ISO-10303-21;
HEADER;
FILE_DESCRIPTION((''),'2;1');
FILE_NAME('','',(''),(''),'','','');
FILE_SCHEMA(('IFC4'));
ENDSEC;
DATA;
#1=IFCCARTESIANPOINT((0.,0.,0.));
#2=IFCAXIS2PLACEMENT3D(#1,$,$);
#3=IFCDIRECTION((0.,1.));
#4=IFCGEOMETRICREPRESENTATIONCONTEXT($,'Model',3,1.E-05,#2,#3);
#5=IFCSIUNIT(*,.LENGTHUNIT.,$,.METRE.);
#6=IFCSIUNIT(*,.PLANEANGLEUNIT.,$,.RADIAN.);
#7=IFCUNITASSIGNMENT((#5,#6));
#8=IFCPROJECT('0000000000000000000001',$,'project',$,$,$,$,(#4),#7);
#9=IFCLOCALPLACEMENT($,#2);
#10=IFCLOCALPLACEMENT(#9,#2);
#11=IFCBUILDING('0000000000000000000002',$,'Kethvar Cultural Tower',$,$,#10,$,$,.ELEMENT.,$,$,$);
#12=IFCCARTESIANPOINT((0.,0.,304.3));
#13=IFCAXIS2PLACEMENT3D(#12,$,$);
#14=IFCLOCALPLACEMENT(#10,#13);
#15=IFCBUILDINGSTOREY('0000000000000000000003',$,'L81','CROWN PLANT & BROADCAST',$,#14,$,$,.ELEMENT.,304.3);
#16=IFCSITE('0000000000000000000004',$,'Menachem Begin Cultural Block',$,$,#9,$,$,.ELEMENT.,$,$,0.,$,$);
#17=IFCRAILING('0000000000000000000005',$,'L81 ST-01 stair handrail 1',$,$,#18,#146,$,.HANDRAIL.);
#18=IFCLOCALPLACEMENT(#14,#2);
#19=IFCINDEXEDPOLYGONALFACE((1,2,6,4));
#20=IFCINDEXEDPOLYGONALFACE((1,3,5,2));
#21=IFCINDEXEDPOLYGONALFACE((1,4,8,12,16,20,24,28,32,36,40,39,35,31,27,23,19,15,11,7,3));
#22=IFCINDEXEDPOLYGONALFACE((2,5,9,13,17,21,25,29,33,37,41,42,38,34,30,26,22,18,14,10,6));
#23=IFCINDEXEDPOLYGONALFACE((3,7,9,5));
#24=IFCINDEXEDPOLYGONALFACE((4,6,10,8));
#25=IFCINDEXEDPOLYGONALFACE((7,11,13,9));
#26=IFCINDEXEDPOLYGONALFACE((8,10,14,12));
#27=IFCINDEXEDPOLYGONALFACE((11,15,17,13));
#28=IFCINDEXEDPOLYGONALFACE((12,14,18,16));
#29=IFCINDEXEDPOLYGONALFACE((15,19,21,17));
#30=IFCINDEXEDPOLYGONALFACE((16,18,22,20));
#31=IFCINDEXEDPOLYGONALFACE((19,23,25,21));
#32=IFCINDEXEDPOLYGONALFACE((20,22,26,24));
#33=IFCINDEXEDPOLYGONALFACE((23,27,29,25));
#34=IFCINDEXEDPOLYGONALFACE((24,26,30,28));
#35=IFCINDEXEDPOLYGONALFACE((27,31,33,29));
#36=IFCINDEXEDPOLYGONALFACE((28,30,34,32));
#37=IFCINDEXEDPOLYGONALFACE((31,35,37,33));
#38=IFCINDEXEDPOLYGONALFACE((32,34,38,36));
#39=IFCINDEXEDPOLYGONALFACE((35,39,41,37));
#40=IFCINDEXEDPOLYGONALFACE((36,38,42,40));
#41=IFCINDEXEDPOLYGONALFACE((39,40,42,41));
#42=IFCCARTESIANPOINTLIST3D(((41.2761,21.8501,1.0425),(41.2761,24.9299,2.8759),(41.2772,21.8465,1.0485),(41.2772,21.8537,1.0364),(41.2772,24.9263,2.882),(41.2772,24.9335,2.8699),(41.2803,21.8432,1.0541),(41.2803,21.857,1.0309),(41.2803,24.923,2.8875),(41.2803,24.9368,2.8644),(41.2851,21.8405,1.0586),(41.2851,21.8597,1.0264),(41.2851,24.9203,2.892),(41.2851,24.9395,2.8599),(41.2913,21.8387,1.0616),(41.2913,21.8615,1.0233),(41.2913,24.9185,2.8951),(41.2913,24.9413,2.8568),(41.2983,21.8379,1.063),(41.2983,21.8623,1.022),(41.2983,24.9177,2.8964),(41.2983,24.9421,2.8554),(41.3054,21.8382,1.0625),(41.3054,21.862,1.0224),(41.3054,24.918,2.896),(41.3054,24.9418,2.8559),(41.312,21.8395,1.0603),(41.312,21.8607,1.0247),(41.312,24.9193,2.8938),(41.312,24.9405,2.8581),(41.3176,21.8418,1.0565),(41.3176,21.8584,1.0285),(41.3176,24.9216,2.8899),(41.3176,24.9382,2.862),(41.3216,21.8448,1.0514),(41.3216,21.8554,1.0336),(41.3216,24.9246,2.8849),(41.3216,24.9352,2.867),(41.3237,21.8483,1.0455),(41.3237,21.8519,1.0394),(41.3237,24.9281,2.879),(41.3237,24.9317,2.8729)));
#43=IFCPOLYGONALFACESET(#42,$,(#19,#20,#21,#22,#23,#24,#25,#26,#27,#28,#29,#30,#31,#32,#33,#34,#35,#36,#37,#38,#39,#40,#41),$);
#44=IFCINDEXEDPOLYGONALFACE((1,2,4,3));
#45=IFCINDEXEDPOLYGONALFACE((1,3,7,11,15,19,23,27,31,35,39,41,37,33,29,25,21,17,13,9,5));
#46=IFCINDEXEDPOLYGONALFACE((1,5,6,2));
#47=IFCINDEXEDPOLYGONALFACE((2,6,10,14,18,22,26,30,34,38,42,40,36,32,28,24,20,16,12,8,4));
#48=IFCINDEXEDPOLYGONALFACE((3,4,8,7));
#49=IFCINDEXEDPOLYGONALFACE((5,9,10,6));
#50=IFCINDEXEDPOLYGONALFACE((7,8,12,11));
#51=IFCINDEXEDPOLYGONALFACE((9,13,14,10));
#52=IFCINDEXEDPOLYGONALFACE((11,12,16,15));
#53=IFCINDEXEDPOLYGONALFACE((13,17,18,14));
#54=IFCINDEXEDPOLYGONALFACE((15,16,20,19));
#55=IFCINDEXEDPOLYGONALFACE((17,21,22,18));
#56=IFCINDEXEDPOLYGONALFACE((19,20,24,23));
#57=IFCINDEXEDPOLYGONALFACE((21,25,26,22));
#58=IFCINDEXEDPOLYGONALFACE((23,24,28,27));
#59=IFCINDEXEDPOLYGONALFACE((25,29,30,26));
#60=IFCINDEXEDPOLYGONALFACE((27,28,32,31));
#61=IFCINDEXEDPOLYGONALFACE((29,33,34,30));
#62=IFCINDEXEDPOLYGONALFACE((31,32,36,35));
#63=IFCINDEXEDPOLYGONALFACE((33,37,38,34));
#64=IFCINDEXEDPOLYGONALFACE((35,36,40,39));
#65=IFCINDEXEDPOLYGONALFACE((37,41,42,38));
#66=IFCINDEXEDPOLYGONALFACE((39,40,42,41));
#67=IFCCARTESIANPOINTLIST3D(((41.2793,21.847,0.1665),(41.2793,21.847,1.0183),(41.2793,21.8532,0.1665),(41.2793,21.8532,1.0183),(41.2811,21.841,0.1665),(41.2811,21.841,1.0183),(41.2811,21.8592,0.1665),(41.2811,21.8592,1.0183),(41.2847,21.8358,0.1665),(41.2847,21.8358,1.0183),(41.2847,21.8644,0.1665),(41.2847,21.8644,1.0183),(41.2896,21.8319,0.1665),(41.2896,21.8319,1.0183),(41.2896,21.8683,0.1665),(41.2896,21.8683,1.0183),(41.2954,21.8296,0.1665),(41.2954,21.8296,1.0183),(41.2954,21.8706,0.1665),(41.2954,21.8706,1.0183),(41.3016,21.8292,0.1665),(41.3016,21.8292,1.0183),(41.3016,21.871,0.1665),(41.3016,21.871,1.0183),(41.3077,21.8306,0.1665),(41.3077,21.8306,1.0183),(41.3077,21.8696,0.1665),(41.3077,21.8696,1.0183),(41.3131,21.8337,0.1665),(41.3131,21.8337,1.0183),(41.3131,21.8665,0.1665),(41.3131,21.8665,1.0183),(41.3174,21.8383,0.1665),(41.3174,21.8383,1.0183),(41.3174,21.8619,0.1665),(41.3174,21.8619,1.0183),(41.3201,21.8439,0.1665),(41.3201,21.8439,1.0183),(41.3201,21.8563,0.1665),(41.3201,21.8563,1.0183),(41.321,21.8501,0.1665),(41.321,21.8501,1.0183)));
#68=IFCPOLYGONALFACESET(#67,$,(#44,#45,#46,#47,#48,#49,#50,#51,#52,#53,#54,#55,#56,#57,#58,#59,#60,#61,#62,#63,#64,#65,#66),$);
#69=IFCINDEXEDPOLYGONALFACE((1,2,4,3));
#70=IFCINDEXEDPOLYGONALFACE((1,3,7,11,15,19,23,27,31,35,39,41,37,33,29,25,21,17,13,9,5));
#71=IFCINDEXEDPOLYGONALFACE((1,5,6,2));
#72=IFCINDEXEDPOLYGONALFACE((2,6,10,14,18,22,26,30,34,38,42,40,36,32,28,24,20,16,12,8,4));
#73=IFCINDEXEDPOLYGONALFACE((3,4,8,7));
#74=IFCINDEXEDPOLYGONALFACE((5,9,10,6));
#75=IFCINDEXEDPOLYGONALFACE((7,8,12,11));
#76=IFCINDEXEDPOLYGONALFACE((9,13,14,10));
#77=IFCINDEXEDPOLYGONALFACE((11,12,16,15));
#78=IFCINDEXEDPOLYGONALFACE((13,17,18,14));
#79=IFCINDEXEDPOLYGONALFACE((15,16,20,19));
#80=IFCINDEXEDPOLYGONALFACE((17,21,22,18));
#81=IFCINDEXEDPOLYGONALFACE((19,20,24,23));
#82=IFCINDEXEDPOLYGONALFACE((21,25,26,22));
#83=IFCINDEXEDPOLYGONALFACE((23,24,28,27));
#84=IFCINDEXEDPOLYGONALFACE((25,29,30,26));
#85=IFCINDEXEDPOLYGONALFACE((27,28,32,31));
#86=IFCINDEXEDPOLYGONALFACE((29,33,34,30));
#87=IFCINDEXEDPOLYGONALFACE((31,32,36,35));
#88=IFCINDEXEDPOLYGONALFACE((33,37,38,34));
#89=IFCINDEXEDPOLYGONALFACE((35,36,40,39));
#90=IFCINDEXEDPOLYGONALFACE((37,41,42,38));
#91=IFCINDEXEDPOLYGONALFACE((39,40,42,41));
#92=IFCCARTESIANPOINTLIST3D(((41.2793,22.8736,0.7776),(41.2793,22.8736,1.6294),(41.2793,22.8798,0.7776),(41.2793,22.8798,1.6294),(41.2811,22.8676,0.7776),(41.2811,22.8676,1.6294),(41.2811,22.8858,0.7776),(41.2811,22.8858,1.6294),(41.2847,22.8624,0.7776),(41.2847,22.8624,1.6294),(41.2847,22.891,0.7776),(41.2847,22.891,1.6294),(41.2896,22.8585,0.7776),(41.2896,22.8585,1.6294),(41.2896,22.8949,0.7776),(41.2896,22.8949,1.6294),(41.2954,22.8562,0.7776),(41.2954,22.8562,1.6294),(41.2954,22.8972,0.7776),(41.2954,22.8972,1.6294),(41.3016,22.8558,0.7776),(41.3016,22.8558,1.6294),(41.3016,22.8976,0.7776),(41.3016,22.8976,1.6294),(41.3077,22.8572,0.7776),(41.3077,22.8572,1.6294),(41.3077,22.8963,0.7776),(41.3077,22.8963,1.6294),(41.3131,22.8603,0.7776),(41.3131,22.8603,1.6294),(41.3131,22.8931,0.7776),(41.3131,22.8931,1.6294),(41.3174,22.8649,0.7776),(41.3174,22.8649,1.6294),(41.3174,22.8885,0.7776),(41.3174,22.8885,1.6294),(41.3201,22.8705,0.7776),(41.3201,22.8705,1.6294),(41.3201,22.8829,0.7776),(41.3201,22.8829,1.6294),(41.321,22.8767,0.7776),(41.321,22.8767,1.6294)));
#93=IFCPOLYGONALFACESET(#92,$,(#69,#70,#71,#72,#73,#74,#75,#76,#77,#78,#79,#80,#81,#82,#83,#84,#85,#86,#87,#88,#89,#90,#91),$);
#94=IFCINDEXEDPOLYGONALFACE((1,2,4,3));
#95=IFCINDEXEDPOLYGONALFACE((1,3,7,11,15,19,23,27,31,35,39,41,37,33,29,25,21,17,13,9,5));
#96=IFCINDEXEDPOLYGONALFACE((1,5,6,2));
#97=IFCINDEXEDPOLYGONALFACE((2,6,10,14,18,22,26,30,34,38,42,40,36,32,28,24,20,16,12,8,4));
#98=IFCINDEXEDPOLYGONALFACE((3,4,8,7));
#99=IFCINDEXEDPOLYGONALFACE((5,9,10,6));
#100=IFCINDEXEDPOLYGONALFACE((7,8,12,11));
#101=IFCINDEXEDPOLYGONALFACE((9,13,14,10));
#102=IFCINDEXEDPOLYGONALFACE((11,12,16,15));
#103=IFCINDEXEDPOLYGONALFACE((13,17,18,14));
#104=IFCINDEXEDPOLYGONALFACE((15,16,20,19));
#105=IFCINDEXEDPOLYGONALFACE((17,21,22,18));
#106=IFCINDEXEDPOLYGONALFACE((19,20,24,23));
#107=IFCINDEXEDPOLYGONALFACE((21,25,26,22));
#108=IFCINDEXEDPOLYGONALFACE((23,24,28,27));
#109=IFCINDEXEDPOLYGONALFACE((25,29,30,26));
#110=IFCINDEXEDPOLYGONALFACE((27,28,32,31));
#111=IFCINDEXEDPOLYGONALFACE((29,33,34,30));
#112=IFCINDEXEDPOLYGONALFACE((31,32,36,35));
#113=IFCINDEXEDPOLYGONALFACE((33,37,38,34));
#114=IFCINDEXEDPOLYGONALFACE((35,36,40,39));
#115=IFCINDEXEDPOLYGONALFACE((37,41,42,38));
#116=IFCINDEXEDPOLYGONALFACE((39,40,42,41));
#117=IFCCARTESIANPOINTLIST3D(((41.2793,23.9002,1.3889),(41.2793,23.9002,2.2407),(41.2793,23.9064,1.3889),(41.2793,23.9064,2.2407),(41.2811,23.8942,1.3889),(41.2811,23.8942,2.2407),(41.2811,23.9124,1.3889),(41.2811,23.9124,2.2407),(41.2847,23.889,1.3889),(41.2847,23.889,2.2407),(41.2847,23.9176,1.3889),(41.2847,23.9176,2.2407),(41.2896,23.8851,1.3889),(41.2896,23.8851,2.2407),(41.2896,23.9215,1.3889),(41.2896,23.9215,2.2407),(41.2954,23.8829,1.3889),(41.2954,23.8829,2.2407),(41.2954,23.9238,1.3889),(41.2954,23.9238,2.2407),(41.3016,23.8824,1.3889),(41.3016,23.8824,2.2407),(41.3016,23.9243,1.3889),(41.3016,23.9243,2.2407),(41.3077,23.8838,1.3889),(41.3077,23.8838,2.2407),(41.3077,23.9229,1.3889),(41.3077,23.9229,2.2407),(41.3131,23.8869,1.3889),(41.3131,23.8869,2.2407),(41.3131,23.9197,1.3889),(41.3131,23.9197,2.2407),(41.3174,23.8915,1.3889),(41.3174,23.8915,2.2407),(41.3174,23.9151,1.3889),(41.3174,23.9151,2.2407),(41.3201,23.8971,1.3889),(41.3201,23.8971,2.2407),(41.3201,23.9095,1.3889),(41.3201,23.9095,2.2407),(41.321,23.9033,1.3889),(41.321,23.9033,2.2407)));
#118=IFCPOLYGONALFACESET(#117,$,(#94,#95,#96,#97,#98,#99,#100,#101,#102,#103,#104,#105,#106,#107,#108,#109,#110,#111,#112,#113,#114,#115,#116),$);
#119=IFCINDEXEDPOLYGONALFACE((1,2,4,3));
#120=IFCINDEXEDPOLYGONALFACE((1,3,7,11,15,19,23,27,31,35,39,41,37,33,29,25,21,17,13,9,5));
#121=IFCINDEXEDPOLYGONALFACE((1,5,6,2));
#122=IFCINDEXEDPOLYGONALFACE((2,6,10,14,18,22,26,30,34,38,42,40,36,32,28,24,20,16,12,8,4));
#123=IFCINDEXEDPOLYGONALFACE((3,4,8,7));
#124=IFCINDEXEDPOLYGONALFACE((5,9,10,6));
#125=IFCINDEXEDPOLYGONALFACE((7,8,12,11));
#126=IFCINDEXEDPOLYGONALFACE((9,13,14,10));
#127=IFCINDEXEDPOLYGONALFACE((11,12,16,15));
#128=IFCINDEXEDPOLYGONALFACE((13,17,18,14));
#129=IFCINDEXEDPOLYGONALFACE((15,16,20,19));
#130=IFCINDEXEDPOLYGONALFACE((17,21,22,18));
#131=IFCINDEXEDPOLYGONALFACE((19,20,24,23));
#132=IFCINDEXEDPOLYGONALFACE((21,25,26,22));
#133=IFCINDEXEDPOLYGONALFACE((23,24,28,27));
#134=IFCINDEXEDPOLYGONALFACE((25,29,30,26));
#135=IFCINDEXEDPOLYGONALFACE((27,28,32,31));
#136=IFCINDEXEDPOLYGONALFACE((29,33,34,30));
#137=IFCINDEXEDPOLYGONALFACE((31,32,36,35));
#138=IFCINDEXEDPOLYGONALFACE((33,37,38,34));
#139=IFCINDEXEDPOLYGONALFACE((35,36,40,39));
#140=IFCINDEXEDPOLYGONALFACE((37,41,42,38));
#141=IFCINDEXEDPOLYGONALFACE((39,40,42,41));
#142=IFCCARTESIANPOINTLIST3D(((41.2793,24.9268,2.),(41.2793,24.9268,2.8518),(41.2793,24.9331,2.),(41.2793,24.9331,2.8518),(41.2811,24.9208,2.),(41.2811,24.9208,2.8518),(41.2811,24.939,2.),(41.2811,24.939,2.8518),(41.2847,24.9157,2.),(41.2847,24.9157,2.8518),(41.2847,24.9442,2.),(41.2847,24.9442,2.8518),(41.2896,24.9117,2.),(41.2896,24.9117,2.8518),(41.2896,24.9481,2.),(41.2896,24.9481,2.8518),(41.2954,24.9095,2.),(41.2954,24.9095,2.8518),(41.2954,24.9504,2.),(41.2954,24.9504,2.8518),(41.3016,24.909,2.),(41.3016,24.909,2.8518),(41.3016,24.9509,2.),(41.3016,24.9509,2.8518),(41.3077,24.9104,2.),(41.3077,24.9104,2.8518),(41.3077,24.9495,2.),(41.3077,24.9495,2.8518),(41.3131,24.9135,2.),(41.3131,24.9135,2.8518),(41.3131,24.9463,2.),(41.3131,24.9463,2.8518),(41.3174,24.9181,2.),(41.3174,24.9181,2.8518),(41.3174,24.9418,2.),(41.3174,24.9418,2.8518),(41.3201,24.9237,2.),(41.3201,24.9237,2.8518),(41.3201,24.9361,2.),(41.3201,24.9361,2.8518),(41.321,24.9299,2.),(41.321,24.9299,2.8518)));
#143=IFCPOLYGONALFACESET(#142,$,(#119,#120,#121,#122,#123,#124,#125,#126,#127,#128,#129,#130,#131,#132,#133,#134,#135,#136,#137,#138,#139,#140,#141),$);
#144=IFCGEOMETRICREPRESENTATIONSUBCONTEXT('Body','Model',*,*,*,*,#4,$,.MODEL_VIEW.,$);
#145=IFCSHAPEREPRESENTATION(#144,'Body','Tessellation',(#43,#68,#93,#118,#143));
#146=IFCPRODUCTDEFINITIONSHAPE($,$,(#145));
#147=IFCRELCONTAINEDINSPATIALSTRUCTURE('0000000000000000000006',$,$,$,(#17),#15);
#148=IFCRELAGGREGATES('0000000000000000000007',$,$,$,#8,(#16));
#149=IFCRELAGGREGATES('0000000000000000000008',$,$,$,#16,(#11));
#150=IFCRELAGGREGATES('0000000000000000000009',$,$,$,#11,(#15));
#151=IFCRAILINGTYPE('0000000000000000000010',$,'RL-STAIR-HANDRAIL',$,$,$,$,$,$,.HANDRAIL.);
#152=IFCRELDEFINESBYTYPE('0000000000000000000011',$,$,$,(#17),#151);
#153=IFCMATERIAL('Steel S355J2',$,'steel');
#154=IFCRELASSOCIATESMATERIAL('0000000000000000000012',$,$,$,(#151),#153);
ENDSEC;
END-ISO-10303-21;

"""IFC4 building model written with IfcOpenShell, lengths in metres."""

from ifc_helpers import new_model, si_unit, direction, frame, origin, origin_2d, place, context, subcontext, project, spatial, circle, extrude, material, type_object, element, save


model = new_model("IFC4")

# Units and contexts
model_context = context("Model", 3, precision=1e-05, world=origin(), true_north=direction((0.0, 1.0)))
body_context = subcontext(model_context, "Body", "Model", "MODEL_VIEW")
ifc_project = project(units=[si_unit("LENGTHUNIT", "METRE"), si_unit("PLANEANGLEUNIT", "RADIAN")], contexts=[model_context])

# Site, building, storey
site_placement = place(None, origin())
site = spatial("IfcSite", under=ifc_project, at=site_placement, Name="Menachem Begin Cultural Block", CompositionType="ELEMENT", RefElevation=0.0)
building_placement = place(site_placement, origin())
building = spatial("IfcBuilding", under=site, at=building_placement, Name="Kethvar Cultural Tower", CompositionType="ELEMENT")
storey_placement = place(building_placement, frame((0.0, 0.0, 304.3)))
storey = spatial("IfcBuildingStorey", under=building, at=storey_placement, Name="L81", Description="CROWN PLANT & BROADCAST", CompositionType="ELEMENT", Elevation=304.3)

# Shared definitions
ifc_material_1 = material(Name="Steel S355J2", Category="steel")

# Railing
railing_type_1 = type_object("IfcRailingType", Name="RL-STAIR-HANDRAIL", PredefinedType="HANDRAIL", material=ifc_material_1)
railing_1_placement = place(storey_placement, frame((41.3, 21.8501, 0.1665)))
element("IfcRailing", 1, at=railing_1_placement, inside=storey, type_object=railing_type_1, Name="L81 ST-01 stair handrail 1", PredefinedType="HANDRAIL", context=body_context, shape_type="SweptSolid", body=[
    extrude(circle(Radius=0.0239, at=origin_2d()), frame((0.0, 0.0, 0.876), z_axis=(0.0, 0.859261, 0.511538), x_axis=(-1.0, 0.0, 0.0)), (0.0, 0.0, 1.0), 3.5842),
    extrude(circle(Radius=0.021, at=origin_2d()), origin(), (0.0, 0.0, 1.0), 0.8518),
    extrude(circle(Radius=0.021, at=origin_2d()), frame((0.0, 1.0266, 0.6111)), (0.0, 0.0, 1.0), 0.8518),
    extrude(circle(Radius=0.021, at=origin_2d()), frame((0.0, 2.0532, 1.2224)), (0.0, 0.0, 1.0), 0.8518),
    extrude(circle(Radius=0.021, at=origin_2d()), frame((0.0, 3.0798, 1.8335)), (0.0, 0.0, 1.0), 0.8518),
])

save(model, "model.ifc")
